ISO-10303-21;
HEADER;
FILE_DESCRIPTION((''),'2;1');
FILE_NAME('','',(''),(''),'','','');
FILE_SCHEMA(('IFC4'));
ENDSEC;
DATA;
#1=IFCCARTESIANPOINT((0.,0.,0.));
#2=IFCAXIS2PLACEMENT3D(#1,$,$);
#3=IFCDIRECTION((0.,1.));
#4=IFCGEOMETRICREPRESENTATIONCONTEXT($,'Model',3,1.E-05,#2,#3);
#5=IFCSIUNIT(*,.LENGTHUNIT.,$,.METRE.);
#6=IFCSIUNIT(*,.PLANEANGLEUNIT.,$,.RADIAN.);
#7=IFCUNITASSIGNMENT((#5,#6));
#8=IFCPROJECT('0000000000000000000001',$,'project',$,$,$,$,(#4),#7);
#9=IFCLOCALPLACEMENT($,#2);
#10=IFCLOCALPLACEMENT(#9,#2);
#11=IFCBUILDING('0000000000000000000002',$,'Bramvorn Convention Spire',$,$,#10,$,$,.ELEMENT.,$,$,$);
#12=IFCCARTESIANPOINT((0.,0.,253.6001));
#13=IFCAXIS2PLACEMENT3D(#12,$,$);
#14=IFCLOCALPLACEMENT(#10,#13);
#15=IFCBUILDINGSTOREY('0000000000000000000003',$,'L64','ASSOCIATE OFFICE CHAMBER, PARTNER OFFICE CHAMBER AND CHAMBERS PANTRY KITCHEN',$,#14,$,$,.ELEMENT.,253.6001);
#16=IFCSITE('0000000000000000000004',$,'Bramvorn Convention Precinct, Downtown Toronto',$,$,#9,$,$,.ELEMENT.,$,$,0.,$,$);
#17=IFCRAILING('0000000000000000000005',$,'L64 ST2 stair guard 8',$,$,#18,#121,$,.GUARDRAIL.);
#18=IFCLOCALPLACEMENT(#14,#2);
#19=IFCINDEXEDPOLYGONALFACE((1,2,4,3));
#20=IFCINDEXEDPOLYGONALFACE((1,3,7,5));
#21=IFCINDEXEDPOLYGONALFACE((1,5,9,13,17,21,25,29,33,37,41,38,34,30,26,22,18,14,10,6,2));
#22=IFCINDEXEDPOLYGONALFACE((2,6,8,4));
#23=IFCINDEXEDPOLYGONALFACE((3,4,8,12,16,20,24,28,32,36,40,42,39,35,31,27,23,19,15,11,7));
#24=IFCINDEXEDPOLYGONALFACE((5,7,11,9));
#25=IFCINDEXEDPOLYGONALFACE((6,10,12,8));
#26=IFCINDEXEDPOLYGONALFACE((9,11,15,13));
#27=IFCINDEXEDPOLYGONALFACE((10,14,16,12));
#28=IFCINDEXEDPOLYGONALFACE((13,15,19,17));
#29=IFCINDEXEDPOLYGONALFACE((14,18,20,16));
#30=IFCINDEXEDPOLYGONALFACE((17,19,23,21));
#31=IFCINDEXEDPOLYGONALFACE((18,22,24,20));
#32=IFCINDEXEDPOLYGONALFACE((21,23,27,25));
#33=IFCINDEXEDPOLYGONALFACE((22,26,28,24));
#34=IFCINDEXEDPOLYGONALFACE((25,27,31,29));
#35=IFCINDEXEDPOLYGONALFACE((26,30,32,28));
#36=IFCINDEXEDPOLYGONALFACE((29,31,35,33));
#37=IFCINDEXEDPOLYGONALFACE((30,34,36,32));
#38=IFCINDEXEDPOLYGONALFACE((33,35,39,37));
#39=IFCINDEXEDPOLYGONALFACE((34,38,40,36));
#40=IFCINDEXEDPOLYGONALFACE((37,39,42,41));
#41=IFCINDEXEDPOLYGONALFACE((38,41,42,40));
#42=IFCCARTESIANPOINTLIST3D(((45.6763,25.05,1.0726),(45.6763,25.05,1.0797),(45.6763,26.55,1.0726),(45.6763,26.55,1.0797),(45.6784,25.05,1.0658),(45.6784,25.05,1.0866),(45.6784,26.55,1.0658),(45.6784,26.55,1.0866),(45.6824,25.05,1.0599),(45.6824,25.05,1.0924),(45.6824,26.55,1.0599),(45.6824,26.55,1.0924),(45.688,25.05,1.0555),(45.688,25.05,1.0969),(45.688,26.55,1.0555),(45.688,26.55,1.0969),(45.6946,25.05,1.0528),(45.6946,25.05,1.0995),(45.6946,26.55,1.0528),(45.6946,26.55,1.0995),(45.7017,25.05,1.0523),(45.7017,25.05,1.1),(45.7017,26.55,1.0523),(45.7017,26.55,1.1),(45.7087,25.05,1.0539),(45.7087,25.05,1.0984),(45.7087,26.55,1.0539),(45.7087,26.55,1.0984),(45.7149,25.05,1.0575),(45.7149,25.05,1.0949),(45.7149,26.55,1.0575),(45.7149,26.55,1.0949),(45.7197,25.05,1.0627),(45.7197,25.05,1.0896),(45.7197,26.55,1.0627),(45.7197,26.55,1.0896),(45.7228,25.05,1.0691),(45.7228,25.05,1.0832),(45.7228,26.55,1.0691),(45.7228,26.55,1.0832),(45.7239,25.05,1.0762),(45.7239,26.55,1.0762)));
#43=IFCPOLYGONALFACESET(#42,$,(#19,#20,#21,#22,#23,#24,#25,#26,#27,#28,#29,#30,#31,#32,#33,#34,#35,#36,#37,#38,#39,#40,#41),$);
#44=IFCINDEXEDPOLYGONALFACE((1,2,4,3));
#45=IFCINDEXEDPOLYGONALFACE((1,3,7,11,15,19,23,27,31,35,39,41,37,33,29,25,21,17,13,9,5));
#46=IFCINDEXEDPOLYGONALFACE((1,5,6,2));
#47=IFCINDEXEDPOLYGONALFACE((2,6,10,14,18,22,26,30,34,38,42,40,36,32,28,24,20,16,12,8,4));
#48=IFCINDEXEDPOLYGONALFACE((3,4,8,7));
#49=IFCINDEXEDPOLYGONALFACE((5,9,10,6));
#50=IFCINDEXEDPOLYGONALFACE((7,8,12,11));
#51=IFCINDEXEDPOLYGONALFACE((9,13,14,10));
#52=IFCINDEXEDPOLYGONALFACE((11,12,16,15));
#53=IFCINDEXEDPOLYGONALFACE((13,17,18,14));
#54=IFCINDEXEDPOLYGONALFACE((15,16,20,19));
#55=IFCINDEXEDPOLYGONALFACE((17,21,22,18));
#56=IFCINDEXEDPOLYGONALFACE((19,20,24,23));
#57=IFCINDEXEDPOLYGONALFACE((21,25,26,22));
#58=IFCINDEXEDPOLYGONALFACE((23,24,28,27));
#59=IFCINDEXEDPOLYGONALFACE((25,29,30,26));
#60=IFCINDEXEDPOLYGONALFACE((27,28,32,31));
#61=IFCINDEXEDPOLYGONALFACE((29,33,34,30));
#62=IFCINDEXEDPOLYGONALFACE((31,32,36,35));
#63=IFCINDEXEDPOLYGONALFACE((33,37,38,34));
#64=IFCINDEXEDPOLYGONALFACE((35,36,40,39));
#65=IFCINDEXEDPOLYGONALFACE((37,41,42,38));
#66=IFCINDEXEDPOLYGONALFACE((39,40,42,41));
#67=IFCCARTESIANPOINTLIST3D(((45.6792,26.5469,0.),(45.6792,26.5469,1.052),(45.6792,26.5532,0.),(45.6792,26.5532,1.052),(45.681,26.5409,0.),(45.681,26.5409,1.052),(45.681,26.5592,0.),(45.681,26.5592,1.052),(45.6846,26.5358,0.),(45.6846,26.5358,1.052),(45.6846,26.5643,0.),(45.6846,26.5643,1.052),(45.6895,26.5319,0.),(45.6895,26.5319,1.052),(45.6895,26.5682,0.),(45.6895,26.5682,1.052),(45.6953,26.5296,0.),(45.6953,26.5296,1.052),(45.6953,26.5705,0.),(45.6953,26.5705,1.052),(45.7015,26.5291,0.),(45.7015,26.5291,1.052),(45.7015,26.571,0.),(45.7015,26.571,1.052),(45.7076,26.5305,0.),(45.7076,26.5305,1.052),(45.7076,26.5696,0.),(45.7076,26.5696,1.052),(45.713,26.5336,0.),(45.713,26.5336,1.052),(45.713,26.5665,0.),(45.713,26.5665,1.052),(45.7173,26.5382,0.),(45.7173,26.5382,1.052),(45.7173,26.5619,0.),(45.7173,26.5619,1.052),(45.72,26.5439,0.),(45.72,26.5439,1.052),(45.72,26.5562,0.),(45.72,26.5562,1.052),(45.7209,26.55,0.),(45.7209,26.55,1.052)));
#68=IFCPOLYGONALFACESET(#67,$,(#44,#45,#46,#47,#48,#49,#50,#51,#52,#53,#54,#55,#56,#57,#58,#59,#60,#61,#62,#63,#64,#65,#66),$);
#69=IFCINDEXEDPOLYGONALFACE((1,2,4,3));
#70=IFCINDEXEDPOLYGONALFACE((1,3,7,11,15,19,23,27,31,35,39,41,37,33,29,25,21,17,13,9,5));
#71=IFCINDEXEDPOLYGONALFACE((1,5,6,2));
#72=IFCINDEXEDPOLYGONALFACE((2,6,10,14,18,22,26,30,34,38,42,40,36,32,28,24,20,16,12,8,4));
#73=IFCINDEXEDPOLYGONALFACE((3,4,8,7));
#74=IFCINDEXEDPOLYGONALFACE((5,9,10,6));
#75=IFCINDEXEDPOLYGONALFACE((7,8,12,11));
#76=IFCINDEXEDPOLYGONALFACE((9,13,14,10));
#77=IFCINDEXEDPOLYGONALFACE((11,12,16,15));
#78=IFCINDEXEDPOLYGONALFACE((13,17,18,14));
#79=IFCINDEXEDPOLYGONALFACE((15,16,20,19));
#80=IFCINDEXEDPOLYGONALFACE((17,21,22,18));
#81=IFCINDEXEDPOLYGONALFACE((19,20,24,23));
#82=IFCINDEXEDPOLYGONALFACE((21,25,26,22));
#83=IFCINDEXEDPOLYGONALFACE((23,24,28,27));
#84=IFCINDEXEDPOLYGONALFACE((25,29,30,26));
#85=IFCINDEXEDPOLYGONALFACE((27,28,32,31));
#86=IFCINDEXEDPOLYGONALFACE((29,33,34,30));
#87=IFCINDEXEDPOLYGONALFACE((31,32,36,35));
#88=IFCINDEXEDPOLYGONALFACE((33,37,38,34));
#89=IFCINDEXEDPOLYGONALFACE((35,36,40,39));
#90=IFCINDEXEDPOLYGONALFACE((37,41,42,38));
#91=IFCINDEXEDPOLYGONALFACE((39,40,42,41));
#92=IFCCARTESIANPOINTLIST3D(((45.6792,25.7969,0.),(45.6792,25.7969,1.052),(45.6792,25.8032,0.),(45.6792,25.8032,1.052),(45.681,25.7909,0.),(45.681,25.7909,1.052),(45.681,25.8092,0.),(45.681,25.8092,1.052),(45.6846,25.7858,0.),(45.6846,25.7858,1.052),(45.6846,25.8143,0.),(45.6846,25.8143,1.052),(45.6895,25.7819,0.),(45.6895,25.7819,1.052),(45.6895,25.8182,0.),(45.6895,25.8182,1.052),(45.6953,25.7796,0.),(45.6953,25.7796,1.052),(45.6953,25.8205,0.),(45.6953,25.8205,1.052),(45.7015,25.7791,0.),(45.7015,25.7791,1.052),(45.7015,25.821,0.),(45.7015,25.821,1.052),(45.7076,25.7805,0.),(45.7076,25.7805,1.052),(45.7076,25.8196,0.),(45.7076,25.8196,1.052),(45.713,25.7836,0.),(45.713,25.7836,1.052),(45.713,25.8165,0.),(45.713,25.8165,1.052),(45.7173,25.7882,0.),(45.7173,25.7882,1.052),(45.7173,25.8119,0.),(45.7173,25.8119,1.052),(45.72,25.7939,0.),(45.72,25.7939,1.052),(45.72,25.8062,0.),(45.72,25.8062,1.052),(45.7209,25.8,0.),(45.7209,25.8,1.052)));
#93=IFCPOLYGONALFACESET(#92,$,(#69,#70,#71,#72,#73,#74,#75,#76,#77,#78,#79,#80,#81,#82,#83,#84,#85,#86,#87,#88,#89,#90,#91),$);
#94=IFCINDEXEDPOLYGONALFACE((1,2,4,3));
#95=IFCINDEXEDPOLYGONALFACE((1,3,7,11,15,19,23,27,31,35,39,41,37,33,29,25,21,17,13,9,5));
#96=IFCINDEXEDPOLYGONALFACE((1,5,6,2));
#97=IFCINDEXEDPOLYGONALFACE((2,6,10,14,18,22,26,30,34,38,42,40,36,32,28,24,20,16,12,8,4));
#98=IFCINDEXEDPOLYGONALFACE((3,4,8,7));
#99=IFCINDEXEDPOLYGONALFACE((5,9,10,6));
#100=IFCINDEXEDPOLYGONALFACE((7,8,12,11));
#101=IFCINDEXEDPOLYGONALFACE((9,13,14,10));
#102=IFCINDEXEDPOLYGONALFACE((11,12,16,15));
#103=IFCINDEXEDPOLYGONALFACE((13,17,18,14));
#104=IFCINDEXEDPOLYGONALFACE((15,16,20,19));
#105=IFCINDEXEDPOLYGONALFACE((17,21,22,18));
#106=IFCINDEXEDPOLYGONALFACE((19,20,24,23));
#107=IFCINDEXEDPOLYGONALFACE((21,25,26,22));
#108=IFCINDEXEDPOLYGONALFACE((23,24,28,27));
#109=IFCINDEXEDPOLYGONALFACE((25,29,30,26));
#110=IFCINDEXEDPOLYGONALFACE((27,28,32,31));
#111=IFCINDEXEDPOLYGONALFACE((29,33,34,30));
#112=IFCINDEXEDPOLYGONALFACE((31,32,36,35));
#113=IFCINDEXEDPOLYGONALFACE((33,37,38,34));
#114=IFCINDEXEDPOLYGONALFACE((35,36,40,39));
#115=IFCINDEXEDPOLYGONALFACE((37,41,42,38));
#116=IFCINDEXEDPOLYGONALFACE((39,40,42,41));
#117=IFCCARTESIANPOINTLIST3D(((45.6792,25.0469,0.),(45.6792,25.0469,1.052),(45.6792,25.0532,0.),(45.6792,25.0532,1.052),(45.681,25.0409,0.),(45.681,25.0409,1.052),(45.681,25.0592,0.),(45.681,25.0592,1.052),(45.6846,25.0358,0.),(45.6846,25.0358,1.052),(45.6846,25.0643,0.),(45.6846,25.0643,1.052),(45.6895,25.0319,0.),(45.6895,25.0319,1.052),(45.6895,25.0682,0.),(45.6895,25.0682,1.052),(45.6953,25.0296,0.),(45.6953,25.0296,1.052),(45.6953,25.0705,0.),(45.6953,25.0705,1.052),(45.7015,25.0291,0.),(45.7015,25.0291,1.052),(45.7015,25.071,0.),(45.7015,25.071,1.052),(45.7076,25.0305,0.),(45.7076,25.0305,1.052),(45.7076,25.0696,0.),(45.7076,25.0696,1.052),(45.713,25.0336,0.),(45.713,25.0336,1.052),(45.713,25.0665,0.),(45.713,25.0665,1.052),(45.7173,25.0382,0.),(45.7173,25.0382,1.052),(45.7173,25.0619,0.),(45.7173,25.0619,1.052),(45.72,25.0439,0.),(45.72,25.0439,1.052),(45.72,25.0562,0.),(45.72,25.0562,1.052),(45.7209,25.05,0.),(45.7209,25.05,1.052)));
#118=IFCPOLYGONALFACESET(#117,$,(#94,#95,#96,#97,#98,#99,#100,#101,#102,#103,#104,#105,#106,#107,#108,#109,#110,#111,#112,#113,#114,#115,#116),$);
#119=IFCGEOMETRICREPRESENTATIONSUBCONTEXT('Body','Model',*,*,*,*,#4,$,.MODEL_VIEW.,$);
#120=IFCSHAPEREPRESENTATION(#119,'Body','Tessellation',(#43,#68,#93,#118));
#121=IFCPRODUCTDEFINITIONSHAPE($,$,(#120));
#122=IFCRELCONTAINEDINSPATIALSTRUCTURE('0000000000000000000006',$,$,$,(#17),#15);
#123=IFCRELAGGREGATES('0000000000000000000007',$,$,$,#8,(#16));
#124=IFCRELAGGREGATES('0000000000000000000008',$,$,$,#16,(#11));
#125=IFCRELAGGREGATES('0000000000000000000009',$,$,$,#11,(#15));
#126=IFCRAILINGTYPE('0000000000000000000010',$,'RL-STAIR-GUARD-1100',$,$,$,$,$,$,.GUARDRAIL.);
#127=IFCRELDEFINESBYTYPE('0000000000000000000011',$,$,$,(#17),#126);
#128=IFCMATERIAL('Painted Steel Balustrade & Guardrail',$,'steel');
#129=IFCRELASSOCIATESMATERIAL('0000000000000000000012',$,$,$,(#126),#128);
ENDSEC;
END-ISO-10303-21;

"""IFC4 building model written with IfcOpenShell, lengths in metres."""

from ifc_helpers import new_model, si_unit, direction, frame, origin, origin_2d, place, context, subcontext, project, spatial, circle, extrude, material, type_object, element, save


model = new_model("IFC4")

# Units and contexts
model_context = context("Model", 3, precision=1e-05, world=origin(), true_north=direction((0.0, 1.0)))
body_context = subcontext(model_context, "Body", "Model", "MODEL_VIEW")
ifc_project = project(units=[si_unit("LENGTHUNIT", "METRE"), si_unit("PLANEANGLEUNIT", "RADIAN")], contexts=[model_context])

# Site, building, storey
site_placement = place(None, origin())
site = spatial("IfcSite", under=ifc_project, at=site_placement, Name="Bramvorn Convention Precinct, Downtown Toronto", CompositionType="ELEMENT", RefElevation=0.0)
building_placement = place(site_placement, origin())
building = spatial("IfcBuilding", under=site, at=building_placement, Name="Bramvorn Convention Spire", CompositionType="ELEMENT")
storey_placement = place(building_placement, frame((0.0, 0.0, 253.6001)))
storey = spatial("IfcBuildingStorey", under=building, at=storey_placement, Name="L64", Description="ASSOCIATE OFFICE CHAMBER, PARTNER OFFICE CHAMBER AND CHAMBERS PANTRY KITCHEN", CompositionType="ELEMENT", Elevation=253.6001)

# Railing
ifc_material_1 = material(Name="Painted Steel Balustrade & Guardrail", Category="steel")
railing_type_1 = type_object("IfcRailingType", Name="RL-STAIR-GUARD-1100", PredefinedType="GUARDRAIL", material=ifc_material_1)
railing_1_placement = place(storey_placement, frame((45.7, 26.55, 0.0)))
element("IfcRailing", 1, at=railing_1_placement, inside=storey, type_object=railing_type_1, Name="L64 ST2 stair guard 8", PredefinedType="GUARDRAIL", context=body_context, shape_type="SweptSolid", body=[
    extrude(circle(Radius=0.0239, at=origin_2d()), frame((0.0, 0.0, 1.0762), z_axis=(0.0, -1.0, 0.0), x_axis=(1.0, 0.0, 0.0)), (0.0, 0.0, 1.0), 1.5),
    extrude(circle(Radius=0.021, at=origin_2d()), origin(), (0.0, 0.0, 1.0), 1.052),
    extrude(circle(Radius=0.021, at=origin_2d()), frame((0.0, -0.75, 0.0)), (0.0, 0.0, 1.0), 1.052),
    extrude(circle(Radius=0.021, at=origin_2d()), frame((0.0, -1.5, 0.0)), (0.0, 0.0, 1.0), 1.052),
])

save(model, "model.ifc")
